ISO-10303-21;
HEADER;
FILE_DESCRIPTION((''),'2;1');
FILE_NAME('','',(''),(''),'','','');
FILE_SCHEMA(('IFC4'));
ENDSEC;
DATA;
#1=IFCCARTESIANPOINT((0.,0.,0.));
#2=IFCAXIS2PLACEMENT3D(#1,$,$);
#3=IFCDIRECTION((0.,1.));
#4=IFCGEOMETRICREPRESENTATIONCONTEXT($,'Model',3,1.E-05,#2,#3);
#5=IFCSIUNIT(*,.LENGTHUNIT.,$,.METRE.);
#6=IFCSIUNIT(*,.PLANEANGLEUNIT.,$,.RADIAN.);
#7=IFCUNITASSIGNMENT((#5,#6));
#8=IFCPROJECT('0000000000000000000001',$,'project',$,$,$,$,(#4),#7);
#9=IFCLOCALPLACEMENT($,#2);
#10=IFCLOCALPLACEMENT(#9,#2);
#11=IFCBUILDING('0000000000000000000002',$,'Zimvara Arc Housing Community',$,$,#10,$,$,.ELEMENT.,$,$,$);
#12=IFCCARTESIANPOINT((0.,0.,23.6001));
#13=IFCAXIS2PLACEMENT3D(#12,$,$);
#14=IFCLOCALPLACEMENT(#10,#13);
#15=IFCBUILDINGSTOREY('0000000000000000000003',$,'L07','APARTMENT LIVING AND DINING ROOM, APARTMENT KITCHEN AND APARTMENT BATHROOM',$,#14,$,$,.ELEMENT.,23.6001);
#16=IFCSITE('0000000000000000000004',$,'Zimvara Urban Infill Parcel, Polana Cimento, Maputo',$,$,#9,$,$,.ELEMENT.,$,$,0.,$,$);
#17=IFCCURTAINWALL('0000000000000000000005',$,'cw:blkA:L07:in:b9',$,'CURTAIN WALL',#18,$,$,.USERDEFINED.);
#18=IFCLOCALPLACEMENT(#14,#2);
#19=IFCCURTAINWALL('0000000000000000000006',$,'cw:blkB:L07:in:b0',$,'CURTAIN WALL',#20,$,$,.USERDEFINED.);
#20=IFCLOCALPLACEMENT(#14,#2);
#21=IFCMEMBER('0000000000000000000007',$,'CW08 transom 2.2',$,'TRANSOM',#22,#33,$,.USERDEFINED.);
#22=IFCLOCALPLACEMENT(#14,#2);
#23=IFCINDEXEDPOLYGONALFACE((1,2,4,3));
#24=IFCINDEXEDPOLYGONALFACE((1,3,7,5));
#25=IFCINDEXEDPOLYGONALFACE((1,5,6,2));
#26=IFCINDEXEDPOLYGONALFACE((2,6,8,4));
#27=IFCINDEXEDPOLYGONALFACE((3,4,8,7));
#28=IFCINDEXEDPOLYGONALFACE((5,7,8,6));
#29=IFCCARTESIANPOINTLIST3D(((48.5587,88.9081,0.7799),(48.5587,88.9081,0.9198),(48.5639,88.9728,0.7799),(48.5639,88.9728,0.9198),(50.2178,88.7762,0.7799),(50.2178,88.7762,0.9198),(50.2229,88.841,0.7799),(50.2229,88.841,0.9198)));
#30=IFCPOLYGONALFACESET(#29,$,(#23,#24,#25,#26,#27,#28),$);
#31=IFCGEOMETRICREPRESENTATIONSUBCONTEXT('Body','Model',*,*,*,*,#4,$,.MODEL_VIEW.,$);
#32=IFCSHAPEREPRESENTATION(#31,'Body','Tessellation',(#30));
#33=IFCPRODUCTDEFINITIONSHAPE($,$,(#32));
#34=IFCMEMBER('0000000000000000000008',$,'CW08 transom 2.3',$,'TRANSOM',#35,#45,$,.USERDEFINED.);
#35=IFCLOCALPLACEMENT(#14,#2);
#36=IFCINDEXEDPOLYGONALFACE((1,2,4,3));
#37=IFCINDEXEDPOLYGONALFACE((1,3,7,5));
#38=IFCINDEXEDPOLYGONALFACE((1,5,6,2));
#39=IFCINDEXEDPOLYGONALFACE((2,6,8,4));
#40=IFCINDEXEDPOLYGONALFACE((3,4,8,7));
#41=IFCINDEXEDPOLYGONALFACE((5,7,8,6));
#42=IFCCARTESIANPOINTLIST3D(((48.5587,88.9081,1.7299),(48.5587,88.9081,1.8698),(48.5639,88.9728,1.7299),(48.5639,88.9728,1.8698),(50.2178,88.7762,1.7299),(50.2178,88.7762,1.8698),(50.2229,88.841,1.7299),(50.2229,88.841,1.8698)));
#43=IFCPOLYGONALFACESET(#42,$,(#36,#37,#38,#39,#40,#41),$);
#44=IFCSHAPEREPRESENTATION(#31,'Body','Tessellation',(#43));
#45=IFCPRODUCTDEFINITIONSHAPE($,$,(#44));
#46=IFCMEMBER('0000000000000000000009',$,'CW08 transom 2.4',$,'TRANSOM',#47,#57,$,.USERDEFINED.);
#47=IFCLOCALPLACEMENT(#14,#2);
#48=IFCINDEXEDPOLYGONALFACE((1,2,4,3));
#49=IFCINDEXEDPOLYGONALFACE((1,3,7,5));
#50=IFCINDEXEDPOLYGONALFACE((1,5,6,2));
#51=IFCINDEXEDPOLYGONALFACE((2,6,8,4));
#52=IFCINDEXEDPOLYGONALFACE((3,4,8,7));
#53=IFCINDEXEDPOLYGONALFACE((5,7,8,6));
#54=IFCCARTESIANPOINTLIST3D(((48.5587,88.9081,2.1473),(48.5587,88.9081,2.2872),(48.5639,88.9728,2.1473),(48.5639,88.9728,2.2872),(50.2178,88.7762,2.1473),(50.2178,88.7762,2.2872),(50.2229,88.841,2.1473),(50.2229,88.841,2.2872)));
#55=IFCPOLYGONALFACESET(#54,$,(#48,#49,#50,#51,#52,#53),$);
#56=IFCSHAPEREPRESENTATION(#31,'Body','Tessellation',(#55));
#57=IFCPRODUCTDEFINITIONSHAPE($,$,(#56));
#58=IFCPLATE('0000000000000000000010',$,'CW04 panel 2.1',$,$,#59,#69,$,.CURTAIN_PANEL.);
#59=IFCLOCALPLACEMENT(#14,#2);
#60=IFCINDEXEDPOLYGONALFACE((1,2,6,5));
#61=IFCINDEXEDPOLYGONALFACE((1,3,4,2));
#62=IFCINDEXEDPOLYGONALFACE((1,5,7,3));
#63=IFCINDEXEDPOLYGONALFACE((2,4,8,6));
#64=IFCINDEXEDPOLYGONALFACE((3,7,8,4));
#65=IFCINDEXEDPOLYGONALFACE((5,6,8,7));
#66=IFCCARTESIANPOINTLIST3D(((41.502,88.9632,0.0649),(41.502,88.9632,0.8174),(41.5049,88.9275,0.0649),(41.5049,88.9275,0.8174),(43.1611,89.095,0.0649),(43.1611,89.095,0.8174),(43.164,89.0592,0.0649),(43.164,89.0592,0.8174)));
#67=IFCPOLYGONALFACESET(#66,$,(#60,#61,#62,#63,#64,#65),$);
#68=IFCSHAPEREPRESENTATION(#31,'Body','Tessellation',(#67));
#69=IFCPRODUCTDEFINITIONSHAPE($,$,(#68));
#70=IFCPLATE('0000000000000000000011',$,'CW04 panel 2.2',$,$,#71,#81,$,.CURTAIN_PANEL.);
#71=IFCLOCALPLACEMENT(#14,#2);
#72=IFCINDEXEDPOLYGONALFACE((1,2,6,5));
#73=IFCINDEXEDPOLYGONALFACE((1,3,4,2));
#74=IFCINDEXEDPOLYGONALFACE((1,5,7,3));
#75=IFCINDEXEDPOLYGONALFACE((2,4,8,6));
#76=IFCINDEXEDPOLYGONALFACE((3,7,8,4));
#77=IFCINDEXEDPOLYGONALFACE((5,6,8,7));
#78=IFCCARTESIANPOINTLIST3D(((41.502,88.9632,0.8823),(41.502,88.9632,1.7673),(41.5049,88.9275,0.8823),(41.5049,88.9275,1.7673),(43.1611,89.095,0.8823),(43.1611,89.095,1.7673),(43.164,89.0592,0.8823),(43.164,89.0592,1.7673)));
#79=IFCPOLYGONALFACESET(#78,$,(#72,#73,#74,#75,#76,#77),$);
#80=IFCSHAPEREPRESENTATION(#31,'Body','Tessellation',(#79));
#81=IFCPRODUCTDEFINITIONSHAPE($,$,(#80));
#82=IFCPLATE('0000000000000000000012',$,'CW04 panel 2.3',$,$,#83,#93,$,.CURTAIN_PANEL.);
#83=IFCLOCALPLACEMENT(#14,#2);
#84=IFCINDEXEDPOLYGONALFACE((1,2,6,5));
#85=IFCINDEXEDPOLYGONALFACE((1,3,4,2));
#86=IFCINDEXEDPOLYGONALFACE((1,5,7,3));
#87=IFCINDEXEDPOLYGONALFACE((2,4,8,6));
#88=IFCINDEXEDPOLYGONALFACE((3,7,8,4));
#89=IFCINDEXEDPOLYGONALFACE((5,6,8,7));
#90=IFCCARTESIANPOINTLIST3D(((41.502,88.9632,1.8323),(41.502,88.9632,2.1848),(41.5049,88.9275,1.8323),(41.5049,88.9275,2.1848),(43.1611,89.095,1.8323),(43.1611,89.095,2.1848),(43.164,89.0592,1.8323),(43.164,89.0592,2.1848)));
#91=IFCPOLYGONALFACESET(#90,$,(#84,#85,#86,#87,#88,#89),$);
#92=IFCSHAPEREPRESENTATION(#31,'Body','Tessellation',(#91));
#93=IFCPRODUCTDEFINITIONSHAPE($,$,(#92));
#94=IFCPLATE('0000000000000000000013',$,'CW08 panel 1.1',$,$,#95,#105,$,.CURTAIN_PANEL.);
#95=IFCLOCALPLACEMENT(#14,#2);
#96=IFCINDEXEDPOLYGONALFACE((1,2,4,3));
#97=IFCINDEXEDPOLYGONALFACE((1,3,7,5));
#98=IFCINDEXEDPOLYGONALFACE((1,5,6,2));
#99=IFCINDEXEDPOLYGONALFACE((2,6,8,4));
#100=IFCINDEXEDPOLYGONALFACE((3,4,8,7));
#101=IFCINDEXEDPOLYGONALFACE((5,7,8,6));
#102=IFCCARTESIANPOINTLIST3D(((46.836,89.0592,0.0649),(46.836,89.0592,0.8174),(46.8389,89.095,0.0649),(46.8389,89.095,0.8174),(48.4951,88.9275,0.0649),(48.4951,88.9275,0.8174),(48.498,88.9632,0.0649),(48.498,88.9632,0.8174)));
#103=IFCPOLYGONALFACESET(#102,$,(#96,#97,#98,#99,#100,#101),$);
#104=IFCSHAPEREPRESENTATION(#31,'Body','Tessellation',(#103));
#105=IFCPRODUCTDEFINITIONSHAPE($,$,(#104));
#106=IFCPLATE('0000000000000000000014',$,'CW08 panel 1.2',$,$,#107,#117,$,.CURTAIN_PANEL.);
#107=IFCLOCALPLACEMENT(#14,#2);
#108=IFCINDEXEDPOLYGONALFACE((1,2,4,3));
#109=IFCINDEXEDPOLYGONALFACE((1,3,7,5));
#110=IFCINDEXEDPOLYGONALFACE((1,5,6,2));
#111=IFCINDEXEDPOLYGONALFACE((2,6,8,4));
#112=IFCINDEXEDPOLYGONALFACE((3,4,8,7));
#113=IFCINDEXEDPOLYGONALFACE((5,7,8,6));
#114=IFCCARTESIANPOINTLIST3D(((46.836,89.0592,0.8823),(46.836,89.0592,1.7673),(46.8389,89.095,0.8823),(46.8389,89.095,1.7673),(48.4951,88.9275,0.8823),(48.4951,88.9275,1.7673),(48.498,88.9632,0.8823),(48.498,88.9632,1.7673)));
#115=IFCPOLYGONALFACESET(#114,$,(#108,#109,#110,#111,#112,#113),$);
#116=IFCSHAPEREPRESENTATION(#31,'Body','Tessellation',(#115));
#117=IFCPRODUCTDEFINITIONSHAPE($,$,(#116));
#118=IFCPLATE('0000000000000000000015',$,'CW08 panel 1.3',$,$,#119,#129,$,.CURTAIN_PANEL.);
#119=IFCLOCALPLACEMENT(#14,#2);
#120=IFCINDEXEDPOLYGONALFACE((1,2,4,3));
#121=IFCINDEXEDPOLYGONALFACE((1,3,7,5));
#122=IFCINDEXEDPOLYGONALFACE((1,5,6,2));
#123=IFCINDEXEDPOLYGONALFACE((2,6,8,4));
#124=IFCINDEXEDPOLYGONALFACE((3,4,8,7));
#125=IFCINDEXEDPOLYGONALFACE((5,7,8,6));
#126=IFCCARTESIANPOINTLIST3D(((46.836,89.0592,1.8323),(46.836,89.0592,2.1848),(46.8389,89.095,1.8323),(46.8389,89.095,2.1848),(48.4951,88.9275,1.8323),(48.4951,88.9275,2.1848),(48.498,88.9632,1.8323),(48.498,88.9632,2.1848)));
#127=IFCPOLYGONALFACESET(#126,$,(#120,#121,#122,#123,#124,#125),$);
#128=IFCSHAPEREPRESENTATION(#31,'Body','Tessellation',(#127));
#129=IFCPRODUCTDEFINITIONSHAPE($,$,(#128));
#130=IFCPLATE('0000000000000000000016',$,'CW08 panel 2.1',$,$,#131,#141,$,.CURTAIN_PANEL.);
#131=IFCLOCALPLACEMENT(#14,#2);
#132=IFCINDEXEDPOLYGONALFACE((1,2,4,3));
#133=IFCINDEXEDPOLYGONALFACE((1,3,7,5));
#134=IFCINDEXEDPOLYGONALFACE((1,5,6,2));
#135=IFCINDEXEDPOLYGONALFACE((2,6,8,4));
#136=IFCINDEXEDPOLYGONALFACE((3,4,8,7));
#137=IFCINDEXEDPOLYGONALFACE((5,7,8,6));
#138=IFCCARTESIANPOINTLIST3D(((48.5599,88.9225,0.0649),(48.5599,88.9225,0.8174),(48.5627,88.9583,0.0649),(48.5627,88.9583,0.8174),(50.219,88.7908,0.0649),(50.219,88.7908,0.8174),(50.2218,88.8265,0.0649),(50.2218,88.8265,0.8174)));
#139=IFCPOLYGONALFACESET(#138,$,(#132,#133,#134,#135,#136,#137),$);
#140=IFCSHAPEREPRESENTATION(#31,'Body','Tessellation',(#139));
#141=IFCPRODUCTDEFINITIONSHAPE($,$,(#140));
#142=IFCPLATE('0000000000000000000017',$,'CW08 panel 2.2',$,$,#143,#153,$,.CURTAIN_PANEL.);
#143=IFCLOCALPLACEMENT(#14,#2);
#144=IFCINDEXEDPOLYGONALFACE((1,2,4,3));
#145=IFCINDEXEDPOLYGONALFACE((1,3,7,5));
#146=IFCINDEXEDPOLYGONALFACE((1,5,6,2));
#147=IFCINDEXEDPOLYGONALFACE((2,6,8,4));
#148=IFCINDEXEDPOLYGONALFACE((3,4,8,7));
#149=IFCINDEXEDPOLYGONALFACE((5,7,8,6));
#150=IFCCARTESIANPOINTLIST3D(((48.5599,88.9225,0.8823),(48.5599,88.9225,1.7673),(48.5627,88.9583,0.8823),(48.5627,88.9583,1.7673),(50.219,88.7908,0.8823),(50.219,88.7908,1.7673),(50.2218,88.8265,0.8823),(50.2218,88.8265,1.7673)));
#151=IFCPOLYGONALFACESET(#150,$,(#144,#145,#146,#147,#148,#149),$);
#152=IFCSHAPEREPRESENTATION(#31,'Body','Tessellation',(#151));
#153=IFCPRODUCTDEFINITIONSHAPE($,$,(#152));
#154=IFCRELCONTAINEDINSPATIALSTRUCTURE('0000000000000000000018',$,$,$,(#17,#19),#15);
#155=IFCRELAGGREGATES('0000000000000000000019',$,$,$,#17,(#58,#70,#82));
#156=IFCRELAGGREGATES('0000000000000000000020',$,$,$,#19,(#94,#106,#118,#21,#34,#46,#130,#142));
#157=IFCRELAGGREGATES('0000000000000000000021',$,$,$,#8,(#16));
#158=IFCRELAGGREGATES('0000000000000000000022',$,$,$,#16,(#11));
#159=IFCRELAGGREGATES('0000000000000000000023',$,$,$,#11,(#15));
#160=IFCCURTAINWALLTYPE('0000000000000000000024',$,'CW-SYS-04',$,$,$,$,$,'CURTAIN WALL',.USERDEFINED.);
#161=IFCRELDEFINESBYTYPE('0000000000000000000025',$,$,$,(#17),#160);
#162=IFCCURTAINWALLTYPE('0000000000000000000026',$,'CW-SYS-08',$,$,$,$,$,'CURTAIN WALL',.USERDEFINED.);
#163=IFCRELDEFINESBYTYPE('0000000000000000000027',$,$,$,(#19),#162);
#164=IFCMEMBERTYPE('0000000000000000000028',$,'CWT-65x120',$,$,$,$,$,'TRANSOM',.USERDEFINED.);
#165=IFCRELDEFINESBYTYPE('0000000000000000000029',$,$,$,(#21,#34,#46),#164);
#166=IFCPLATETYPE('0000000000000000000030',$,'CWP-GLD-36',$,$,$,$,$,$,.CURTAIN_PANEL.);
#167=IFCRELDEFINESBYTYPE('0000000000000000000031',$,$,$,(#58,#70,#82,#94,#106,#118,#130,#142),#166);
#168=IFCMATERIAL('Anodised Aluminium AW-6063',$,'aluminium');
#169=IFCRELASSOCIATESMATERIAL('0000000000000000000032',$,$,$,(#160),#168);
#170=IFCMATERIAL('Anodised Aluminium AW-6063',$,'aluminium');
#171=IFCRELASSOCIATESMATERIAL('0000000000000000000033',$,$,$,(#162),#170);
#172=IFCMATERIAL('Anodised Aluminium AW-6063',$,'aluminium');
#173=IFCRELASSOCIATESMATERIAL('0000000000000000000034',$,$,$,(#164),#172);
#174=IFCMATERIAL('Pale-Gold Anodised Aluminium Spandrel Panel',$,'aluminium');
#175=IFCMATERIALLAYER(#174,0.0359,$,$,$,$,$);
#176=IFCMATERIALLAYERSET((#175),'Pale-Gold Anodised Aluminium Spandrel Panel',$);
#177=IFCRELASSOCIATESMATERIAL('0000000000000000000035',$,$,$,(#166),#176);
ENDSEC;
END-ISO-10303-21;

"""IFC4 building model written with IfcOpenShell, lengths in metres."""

from ifc_helpers import new_model, si_unit, direction, frame, origin, origin_2d, place, context, subcontext, project, spatial, rectangle, extrude, material, layer, layer_set, material_profile, profile_set, type_object, element, aggregate, save


model = new_model("IFC4")

# Units and contexts
model_context = context("Model", 3, precision=1e-05, world=origin(), true_north=direction((0.0, 1.0)))
body_context = subcontext(model_context, "Body", "Model", "MODEL_VIEW")
ifc_project = project(units=[si_unit("LENGTHUNIT", "METRE"), si_unit("PLANEANGLEUNIT", "RADIAN")], contexts=[model_context])

# Site, building, storey
site_placement = place(None, origin())
site = spatial("IfcSite", under=ifc_project, at=site_placement, Name="Zimvara Urban Infill Parcel, Polana Cimento, Maputo", CompositionType="ELEMENT", RefElevation=0.0)
building_placement = place(site_placement, origin())
building = spatial("IfcBuilding", under=site, at=building_placement, Name="Zimvara Arc Housing Community", CompositionType="ELEMENT")
storey_placement = place(building_placement, frame((0.0, 0.0, 23.6001)))
storey = spatial("IfcBuildingStorey", under=building, at=storey_placement, Name="L07", Description="APARTMENT LIVING AND DINING ROOM, APARTMENT KITCHEN AND APARTMENT BATHROOM", CompositionType="ELEMENT", Elevation=23.6001)

# Curtain wall
ifc_material_1 = material(Name="Anodised Aluminium AW-6063", Category="aluminium")
curtain_wall_type_1 = type_object("IfcCurtainWallType", Name="CW-SYS-04", ElementType="CURTAIN WALL", PredefinedType="USERDEFINED", material=ifc_material_1)
curtain_wall_1_placement = place(storey_placement, origin())
curtain_wall_1 = element("IfcCurtainWall", 1, at=curtain_wall_1_placement, inside=storey, type_object=curtain_wall_type_1, Name="cw:blkA:L07:in:b9", ObjectType="CURTAIN WALL", PredefinedType="USERDEFINED")

# Curtain wall
ifc_material_2 = material(Name="Anodised Aluminium AW-6063", Category="aluminium")
curtain_wall_type_2 = type_object("IfcCurtainWallType", Name="CW-SYS-08", ElementType="CURTAIN WALL", PredefinedType="USERDEFINED", material=ifc_material_2)
curtain_wall_2_placement = place(storey_placement, origin())
curtain_wall_2 = element("IfcCurtainWall", 2, at=curtain_wall_2_placement, inside=storey, type_object=curtain_wall_type_2, Name="cw:blkB:L07:in:b0", ObjectType="CURTAIN WALL", PredefinedType="USERDEFINED")

# Members
ifc_material_3 = material(Name="Anodised Aluminium AW-6063", Category="aluminium")
ifc_material_profile_1 = material_profile(ifc_material_3, rectangle(XDim=0.0649, YDim=0.1399, at=origin_2d()), Name="ALU 65x140")
ifc_profile_set_1 = profile_set([ifc_material_profile_1], Name="Anodised Aluminium AW-6063")
member_type_1 = type_object("IfcMemberType", Name="CWT-65x120", ElementType="TRANSOM", PredefinedType="USERDEFINED", material=ifc_profile_set_1)
member_1_placement = place(storey_placement, frame((48.5613, 88.9404, 0.8499), z_axis=(0.996858, -0.079209, 0.0), x_axis=(0.079209, 0.996858, 0.0)))
member_1 = element("IfcMember", 3, at=member_1_placement, type_object=member_type_1, Name="CW08 transom 2.2", ObjectType="TRANSOM", PredefinedType="USERDEFINED", context=body_context, shape_type="SweptSolid", body=[
    extrude(rectangle(XDim=0.0649, YDim=0.1399, at=origin_2d()), origin(), (0.0, 0.0, 1.0), 1.6643),
])
member_2_placement = place(storey_placement, frame((48.5613, 88.9404, 1.7998), z_axis=(0.996858, -0.079209, 0.0), x_axis=(0.079209, 0.996858, 0.0)))
member_2 = element("IfcMember", 4, at=member_2_placement, type_object=member_type_1, Name="CW08 transom 2.3", ObjectType="TRANSOM", PredefinedType="USERDEFINED", context=body_context, shape_type="SweptSolid", body=[
    extrude(rectangle(XDim=0.0649, YDim=0.1399, at=origin_2d()), origin(), (0.0, 0.0, 1.0), 1.6643),
])
member_3_placement = place(storey_placement, frame((48.5613, 88.9404, 2.2173), z_axis=(0.996858, -0.079209, 0.0), x_axis=(0.079209, 0.996858, 0.0)))
member_3 = element("IfcMember", 5, at=member_3_placement, type_object=member_type_1, Name="CW08 transom 2.4", ObjectType="TRANSOM", PredefinedType="USERDEFINED", context=body_context, shape_type="SweptSolid", body=[
    extrude(rectangle(XDim=0.0649, YDim=0.1399, at=origin_2d()), origin(), (0.0, 0.0, 1.0), 1.6643),
])

# Plates
ifc_material_4 = material(Name="Pale-Gold Anodised Aluminium Spandrel Panel", Category="aluminium")
ifc_layer = layer(ifc_material_4, 0.0359)
ifc_layer_set = layer_set([ifc_layer], Name="Pale-Gold Anodised Aluminium Spandrel Panel")
plate_type = type_object("IfcPlateType", Name="CWP-GLD-36", PredefinedType="CURTAIN_PANEL", material=ifc_layer_set)
plate_1_placement = place(storey_placement, frame((42.333, 89.0112, 0.0649), z_axis=(0.0, 0.0, 1.0), x_axis=(0.996862, 0.079155, 0.0)))
plate_1 = element("IfcPlate", 6, at=plate_1_placement, type_object=plate_type, Name="CW04 panel 2.1", PredefinedType="CURTAIN_PANEL", context=body_context, shape_type="SweptSolid", body=[
    extrude(rectangle(XDim=1.6643, YDim=0.0359, at=origin_2d()), origin(), (0.0, 0.0, 1.0), 0.7524),
])
plate_2_placement = place(storey_placement, frame((42.333, 89.0112, 0.8823), z_axis=(0.0, 0.0, 1.0), x_axis=(0.996862, 0.079155, 0.0)))
plate_2 = element("IfcPlate", 7, at=plate_2_placement, type_object=plate_type, Name="CW04 panel 2.2", PredefinedType="CURTAIN_PANEL", context=body_context, shape_type="SweptSolid", body=[
    extrude(rectangle(XDim=1.6643, YDim=0.0359, at=origin_2d()), origin(), (0.0, 0.0, 1.0), 0.885),
])
plate_3_placement = place(storey_placement, frame((42.333, 89.0112, 1.8323), z_axis=(0.0, 0.0, 1.0), x_axis=(0.996862, 0.079155, 0.0)))
plate_3 = element("IfcPlate", 8, at=plate_3_placement, type_object=plate_type, Name="CW04 panel 2.3", PredefinedType="CURTAIN_PANEL", context=body_context, shape_type="SweptSolid", body=[
    extrude(rectangle(XDim=1.6643, YDim=0.0359, at=origin_2d()), origin(), (0.0, 0.0, 1.0), 0.3525),
])
aggregate(curtain_wall_1, [plate_1, plate_2, plate_3])
plate_4_placement = place(storey_placement, frame((47.667, 89.0112, 0.0649), z_axis=(0.0, 0.0, 1.0), x_axis=(0.996862, -0.079155, 0.0)))
plate_4 = element("IfcPlate", 9, at=plate_4_placement, type_object=plate_type, Name="CW08 panel 1.1", PredefinedType="CURTAIN_PANEL", context=body_context, shape_type="SweptSolid", body=[
    extrude(rectangle(XDim=1.6643, YDim=0.0359, at=origin_2d()), origin(), (0.0, 0.0, 1.0), 0.7524),
])
plate_5_placement = place(storey_placement, frame((47.667, 89.0112, 0.8823), z_axis=(0.0, 0.0, 1.0), x_axis=(0.996862, -0.079155, 0.0)))
plate_5 = element("IfcPlate", 10, at=plate_5_placement, type_object=plate_type, Name="CW08 panel 1.2", PredefinedType="CURTAIN_PANEL", context=body_context, shape_type="SweptSolid", body=[
    extrude(rectangle(XDim=1.6643, YDim=0.0359, at=origin_2d()), origin(), (0.0, 0.0, 1.0), 0.885),
])
plate_6_placement = place(storey_placement, frame((47.667, 89.0112, 1.8323), z_axis=(0.0, 0.0, 1.0), x_axis=(0.996862, -0.079155, 0.0)))
plate_6 = element("IfcPlate", 11, at=plate_6_placement, type_object=plate_type, Name="CW08 panel 1.3", PredefinedType="CURTAIN_PANEL", context=body_context, shape_type="SweptSolid", body=[
    extrude(rectangle(XDim=1.6643, YDim=0.0359, at=origin_2d()), origin(), (0.0, 0.0, 1.0), 0.3525),
])
plate_7_placement = place(storey_placement, frame((49.3909, 88.8745, 0.0649), z_axis=(0.0, 0.0, 1.0), x_axis=(0.996862, -0.079155, 0.0)))
plate_7 = element("IfcPlate", 12, at=plate_7_placement, type_object=plate_type, Name="CW08 panel 2.1", PredefinedType="CURTAIN_PANEL", context=body_context, shape_type="SweptSolid", body=[
    extrude(rectangle(XDim=1.6643, YDim=0.0359, at=origin_2d()), origin(), (0.0, 0.0, 1.0), 0.7524),
])
plate_8_placement = place(storey_placement, frame((49.3909, 88.8745, 0.8823), z_axis=(0.0, 0.0, 1.0), x_axis=(0.996862, -0.079155, 0.0)))
plate_8 = element("IfcPlate", 13, at=plate_8_placement, type_object=plate_type, Name="CW08 panel 2.2", PredefinedType="CURTAIN_PANEL", context=body_context, shape_type="SweptSolid", body=[
    extrude(rectangle(XDim=1.6643, YDim=0.0359, at=origin_2d()), origin(), (0.0, 0.0, 1.0), 0.885),
])
aggregate(curtain_wall_2, [plate_4, plate_5, plate_6, member_1, member_2, member_3, plate_7, plate_8])

save(model, "model.ifc")
